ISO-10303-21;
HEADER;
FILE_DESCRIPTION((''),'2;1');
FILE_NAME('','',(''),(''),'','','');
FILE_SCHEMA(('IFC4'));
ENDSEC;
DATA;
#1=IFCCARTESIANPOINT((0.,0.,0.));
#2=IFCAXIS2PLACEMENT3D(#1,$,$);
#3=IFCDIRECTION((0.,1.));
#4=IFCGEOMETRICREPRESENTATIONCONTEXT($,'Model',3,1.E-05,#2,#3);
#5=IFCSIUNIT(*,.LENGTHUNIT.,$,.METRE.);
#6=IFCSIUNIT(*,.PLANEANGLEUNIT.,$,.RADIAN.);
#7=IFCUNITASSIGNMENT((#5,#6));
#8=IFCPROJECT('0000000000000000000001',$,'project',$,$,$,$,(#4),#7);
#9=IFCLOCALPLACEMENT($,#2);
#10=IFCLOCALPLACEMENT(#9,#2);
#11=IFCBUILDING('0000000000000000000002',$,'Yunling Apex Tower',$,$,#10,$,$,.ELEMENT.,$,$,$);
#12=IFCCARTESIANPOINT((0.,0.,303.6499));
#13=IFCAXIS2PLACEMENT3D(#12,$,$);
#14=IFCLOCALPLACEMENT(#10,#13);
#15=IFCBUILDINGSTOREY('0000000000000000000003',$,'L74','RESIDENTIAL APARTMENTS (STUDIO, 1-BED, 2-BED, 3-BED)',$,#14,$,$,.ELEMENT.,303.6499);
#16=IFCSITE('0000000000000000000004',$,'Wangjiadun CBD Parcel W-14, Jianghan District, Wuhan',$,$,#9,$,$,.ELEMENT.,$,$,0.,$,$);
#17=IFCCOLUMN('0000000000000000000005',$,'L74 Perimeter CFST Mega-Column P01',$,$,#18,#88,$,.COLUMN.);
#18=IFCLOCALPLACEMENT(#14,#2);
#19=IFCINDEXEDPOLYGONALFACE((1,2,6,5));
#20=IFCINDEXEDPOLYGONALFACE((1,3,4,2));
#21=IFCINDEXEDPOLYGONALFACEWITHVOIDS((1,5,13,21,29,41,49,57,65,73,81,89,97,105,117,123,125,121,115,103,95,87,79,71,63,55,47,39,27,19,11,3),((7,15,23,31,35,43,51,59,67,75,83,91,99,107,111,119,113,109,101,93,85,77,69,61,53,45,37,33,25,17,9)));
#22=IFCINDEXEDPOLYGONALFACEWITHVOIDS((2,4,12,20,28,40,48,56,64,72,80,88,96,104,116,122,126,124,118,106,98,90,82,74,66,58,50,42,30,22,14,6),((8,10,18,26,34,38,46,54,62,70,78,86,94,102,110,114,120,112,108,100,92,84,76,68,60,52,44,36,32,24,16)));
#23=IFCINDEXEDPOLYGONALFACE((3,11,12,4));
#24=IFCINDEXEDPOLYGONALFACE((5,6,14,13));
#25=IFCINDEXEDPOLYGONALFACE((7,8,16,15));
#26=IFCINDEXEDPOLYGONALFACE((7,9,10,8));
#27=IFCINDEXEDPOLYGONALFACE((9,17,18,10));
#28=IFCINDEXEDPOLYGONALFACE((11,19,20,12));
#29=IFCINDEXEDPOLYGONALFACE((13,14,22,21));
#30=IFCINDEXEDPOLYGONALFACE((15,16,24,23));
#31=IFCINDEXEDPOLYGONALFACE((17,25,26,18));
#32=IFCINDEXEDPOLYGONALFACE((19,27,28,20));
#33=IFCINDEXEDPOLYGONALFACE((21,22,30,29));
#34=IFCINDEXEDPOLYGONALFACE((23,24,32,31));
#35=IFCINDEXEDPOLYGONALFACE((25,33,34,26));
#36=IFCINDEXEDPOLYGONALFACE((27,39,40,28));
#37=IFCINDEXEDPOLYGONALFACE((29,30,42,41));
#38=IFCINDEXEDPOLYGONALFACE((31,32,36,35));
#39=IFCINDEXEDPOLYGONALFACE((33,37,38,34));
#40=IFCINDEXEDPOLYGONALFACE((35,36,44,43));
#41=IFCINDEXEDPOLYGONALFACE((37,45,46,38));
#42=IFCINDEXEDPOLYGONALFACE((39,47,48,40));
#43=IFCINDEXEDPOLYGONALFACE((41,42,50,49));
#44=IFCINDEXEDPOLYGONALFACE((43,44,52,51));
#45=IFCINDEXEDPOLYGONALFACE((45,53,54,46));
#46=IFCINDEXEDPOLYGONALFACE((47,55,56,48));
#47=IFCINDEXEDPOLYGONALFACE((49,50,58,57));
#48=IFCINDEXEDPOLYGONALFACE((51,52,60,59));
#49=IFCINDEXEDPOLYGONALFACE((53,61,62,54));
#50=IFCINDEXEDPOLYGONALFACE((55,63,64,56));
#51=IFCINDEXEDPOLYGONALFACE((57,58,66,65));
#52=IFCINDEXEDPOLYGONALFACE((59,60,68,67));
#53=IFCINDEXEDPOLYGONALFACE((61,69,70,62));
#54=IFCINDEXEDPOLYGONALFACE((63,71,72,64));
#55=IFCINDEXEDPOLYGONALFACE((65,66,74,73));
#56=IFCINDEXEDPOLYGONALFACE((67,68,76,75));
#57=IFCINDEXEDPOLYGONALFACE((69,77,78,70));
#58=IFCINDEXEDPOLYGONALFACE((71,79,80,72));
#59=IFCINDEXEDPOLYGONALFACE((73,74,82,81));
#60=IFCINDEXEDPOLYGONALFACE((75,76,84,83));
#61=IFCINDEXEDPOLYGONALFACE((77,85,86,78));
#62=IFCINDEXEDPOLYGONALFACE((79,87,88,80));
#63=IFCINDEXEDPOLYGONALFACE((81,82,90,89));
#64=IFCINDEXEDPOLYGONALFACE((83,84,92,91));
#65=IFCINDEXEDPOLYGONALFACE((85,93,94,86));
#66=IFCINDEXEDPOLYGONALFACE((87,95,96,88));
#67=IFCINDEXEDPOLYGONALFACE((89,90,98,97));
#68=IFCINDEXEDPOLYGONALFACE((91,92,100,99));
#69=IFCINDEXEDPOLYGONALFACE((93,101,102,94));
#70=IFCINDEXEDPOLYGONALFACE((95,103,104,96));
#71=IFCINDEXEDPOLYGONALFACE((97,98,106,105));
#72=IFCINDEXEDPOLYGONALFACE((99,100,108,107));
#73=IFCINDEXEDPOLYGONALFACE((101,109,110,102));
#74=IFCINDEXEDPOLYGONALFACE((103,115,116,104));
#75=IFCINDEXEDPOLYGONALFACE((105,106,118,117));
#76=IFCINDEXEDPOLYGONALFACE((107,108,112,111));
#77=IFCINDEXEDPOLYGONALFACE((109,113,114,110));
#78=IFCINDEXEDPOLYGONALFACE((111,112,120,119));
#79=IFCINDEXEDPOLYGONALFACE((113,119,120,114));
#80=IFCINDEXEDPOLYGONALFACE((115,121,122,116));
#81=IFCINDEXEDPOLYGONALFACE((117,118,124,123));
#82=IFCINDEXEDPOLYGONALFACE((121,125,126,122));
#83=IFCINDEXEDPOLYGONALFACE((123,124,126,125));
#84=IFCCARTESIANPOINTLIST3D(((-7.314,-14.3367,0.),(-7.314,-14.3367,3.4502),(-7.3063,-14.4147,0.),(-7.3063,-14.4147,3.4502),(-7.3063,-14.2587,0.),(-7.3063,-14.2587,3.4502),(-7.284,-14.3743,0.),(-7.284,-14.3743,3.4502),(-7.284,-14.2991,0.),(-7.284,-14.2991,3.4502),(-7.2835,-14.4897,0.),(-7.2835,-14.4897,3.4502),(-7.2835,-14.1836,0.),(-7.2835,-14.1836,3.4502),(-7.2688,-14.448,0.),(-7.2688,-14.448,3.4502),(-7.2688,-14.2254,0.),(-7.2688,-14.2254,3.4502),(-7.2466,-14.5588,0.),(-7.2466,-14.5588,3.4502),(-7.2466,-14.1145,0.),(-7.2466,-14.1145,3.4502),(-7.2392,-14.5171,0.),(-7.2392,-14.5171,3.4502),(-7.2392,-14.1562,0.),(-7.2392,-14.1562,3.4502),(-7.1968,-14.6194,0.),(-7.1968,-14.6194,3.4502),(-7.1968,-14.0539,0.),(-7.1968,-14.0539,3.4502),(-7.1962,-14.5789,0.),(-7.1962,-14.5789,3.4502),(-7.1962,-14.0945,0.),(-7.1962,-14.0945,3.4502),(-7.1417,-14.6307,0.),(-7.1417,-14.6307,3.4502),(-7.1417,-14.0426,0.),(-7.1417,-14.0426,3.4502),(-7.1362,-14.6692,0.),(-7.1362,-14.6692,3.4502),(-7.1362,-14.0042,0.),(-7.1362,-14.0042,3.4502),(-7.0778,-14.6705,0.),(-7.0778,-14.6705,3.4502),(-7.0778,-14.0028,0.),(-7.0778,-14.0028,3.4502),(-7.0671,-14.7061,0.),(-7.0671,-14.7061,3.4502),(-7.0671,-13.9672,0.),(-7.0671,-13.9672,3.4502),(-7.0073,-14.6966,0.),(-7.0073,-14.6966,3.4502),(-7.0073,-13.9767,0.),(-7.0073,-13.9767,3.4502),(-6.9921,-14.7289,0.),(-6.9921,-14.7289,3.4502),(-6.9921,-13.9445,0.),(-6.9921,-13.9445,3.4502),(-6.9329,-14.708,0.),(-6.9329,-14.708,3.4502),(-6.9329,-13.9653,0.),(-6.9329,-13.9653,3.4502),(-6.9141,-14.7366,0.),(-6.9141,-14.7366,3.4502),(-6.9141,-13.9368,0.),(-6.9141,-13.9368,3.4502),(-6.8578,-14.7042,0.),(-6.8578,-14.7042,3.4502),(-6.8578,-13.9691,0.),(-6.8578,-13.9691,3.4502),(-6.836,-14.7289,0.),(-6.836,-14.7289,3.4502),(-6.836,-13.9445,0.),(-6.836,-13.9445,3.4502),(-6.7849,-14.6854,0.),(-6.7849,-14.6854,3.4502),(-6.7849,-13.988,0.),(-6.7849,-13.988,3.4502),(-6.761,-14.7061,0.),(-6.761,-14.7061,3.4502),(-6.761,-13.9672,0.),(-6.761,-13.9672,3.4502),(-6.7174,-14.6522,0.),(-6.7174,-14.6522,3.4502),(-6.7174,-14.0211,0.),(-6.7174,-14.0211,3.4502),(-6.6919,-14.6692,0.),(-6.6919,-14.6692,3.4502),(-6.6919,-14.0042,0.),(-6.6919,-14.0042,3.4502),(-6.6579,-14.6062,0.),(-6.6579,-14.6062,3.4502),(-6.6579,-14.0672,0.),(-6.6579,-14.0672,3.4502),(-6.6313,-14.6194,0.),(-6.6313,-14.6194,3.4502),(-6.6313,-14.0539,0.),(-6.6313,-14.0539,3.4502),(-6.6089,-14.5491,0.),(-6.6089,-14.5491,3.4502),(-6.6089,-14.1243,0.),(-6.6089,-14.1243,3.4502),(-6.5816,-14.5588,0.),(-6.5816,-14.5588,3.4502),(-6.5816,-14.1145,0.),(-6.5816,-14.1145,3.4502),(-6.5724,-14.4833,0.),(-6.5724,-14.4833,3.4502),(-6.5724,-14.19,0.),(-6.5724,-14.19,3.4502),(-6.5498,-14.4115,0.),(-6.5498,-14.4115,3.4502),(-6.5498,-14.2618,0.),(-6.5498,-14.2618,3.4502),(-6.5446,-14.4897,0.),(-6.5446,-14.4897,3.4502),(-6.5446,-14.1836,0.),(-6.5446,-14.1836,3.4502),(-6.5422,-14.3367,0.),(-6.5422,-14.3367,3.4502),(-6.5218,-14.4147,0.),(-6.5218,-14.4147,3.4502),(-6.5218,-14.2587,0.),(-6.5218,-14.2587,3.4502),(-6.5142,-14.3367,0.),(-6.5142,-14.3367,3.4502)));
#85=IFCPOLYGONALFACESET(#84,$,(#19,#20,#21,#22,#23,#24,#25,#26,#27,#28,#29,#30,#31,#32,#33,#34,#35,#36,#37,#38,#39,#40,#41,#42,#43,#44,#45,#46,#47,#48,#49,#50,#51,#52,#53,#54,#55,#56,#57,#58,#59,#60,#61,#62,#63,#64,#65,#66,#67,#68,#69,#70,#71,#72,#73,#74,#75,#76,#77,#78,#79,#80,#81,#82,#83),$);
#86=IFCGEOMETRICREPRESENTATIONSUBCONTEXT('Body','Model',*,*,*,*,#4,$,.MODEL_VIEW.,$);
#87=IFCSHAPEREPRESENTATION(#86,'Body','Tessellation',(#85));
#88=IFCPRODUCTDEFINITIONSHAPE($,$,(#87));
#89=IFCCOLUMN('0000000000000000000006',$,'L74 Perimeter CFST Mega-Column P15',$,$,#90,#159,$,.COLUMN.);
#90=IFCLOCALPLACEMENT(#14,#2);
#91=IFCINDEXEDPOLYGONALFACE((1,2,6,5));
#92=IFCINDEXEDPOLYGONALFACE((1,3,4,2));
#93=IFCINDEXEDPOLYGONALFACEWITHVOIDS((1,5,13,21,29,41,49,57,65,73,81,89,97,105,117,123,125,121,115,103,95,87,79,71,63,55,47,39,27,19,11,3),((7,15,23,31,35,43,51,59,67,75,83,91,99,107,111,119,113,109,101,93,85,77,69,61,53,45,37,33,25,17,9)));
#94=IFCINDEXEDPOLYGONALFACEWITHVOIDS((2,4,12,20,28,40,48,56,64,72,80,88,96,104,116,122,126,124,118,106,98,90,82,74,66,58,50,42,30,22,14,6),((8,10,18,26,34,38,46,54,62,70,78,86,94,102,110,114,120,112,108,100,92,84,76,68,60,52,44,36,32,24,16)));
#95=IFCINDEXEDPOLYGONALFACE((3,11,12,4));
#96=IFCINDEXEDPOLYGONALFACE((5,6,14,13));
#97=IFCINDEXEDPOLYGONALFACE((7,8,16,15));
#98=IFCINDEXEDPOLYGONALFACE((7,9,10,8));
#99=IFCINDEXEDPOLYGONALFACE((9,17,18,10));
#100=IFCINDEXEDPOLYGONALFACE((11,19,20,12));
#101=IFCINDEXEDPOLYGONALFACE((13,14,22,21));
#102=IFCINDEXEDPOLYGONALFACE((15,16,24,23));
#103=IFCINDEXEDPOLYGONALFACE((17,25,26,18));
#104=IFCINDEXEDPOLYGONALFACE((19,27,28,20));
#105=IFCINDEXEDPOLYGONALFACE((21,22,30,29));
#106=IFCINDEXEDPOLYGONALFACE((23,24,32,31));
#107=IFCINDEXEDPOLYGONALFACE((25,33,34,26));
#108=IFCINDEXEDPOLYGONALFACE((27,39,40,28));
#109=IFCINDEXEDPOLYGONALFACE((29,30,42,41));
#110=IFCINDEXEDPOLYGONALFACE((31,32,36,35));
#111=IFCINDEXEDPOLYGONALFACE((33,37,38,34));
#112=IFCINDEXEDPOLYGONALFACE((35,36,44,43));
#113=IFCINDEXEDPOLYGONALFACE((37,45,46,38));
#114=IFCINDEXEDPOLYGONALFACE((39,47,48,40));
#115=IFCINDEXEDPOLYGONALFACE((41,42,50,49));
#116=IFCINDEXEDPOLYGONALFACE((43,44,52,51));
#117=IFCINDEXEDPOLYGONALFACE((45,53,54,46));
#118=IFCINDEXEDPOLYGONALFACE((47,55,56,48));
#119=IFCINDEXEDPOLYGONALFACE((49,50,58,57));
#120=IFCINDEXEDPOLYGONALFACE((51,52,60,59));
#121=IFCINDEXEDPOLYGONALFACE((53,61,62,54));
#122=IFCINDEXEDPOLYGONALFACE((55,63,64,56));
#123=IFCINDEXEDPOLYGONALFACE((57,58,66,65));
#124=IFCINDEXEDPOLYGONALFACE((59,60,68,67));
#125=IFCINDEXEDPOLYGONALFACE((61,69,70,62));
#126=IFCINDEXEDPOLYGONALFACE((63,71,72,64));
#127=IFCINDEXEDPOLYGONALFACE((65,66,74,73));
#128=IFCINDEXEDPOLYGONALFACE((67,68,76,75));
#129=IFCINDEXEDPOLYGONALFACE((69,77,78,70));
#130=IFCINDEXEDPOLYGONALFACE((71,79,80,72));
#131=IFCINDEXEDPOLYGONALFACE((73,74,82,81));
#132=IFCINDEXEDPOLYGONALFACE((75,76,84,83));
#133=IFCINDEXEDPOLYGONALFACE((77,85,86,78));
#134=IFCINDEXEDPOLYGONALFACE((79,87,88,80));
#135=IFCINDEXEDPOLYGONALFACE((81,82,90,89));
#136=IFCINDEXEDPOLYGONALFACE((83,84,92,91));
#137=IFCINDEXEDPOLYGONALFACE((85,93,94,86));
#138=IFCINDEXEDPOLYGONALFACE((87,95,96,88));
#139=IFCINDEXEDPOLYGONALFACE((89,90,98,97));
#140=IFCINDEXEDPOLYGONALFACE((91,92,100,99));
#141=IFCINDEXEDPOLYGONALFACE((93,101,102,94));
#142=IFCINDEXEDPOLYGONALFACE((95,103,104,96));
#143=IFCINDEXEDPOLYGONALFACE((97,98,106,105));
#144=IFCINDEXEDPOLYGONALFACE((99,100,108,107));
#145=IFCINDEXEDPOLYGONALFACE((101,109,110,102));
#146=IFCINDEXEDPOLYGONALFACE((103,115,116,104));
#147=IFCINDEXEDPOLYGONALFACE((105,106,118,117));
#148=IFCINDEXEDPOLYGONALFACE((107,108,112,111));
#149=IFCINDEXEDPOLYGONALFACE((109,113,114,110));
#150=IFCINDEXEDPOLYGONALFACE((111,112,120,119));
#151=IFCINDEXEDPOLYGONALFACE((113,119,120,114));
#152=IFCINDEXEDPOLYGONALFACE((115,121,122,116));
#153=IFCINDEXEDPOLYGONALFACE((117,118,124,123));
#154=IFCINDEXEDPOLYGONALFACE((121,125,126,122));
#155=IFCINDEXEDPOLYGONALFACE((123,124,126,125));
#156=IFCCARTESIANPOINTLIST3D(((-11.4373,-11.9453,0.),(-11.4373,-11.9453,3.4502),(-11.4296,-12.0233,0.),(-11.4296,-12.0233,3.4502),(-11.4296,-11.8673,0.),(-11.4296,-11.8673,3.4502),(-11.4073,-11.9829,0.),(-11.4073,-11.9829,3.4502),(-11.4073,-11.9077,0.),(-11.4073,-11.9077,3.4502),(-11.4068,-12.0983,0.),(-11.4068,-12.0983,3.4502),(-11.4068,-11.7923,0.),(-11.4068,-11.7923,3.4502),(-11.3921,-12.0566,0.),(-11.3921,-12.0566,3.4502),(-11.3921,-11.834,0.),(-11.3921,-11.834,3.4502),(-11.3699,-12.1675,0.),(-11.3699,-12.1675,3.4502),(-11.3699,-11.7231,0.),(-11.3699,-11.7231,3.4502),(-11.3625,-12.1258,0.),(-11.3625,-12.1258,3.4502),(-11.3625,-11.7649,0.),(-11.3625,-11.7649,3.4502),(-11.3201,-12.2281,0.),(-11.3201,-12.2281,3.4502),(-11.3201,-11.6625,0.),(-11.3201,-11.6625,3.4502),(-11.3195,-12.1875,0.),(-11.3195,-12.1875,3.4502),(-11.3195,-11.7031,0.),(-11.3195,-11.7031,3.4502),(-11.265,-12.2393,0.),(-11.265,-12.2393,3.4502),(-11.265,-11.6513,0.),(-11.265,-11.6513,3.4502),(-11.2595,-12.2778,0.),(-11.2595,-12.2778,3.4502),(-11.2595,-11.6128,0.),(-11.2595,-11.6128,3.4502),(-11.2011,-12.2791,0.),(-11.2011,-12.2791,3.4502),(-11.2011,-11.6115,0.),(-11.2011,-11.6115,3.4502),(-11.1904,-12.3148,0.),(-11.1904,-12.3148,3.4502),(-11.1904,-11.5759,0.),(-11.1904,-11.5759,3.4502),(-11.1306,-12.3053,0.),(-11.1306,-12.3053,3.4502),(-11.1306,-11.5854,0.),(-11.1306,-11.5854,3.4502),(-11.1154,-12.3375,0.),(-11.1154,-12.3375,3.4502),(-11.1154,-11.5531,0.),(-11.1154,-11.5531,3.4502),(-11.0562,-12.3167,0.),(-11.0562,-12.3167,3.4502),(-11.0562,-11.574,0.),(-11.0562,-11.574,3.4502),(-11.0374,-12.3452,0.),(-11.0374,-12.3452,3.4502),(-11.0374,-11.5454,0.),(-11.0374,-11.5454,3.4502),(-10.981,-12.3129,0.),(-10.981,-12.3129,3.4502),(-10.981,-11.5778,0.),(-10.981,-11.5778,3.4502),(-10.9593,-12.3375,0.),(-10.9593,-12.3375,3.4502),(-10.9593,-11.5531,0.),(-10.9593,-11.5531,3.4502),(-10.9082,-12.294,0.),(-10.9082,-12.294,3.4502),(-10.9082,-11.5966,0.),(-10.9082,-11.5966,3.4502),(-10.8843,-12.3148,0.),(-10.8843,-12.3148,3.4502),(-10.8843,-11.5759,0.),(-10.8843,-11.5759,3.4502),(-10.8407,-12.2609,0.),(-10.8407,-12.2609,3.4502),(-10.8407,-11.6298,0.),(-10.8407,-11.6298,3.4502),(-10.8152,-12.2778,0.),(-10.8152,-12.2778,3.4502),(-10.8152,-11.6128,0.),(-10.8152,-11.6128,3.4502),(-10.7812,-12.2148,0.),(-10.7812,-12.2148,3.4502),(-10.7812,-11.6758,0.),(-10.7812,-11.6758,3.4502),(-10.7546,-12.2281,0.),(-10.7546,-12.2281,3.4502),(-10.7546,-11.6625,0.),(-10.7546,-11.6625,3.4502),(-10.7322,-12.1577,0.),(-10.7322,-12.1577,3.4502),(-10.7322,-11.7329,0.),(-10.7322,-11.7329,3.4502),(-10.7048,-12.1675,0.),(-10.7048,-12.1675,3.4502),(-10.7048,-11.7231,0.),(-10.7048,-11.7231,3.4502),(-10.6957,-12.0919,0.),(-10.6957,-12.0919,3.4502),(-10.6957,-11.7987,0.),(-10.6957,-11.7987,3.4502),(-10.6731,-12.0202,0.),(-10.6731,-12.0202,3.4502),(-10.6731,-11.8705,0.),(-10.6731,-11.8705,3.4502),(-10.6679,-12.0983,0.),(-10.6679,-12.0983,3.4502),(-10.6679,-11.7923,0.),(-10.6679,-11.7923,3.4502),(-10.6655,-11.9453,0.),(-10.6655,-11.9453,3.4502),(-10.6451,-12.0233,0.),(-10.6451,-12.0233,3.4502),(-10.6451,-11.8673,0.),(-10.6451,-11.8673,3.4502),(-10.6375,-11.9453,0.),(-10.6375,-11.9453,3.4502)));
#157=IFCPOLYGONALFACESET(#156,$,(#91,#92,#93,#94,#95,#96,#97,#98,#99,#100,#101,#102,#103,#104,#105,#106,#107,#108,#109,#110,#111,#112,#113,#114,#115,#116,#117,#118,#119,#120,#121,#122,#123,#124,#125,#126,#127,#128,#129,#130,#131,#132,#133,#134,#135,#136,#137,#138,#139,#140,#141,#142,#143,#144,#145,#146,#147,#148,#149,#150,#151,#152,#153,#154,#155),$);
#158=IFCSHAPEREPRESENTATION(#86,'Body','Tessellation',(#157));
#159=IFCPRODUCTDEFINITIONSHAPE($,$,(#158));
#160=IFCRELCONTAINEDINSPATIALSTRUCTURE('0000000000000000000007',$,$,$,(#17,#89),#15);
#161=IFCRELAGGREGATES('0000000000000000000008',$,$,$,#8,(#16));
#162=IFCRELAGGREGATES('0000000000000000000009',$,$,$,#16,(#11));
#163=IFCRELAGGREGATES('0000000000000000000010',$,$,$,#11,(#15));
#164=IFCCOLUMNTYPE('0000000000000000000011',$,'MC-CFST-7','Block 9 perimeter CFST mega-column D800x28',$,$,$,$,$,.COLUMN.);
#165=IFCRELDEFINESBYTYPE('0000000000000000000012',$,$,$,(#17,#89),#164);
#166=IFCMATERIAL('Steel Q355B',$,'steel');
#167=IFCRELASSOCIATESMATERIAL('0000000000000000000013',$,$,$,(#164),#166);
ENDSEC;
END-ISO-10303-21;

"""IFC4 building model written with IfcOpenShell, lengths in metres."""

from ifc_helpers import new_model, si_unit, direction, frame, origin, origin_2d, place, context, subcontext, project, spatial, hollow_circle, extrude, source, transform, mapped, material, material_profile, profile_set, type_object, element, save


model = new_model("IFC4")

# Units and contexts
model_context = context("Model", 3, precision=1e-05, world=origin(), true_north=direction((0.0, 1.0)))
body_context = subcontext(model_context, "Body", "Model", "MODEL_VIEW")
ifc_project = project(units=[si_unit("LENGTHUNIT", "METRE"), si_unit("PLANEANGLEUNIT", "RADIAN")], contexts=[model_context])

# Site, building, storey
site_placement = place(None, origin())
site = spatial("IfcSite", under=ifc_project, at=site_placement, Name="Wangjiadun CBD Parcel W-14, Jianghan District, Wuhan", CompositionType="ELEMENT", RefElevation=0.0)
building_placement = place(site_placement, origin())
building = spatial("IfcBuilding", under=site, at=building_placement, Name="Yunling Apex Tower", CompositionType="ELEMENT")
storey_placement = place(building_placement, frame((0.0, 0.0, 303.6499)))
storey = spatial("IfcBuildingStorey", under=building, at=storey_placement, Name="L74", Description="RESIDENTIAL APARTMENTS (STUDIO, 1-BED, 2-BED, 3-BED)", CompositionType="ELEMENT", Elevation=303.6499)

# Columns
ifc_material_1 = material(Name="Steel Q355B", Category="steel")
ifc_material_profile_1 = material_profile(ifc_material_1, hollow_circle(Radius=0.3999, WallThickness=0.0281, at=origin_2d()))
ifc_profile_set_1 = profile_set([ifc_material_profile_1], Name="Steel Q355B")
column_type = type_object("IfcColumnType", Name="MC-CFST-7", Description="Block 9 perimeter CFST mega-column D800x28", PredefinedType="COLUMN", material=ifc_profile_set_1)
shared_shape_1 = source(origin(), body_context, "Body", "SweptSolid", [
    extrude(hollow_circle(Radius=0.3999, WallThickness=0.0281, at=origin_2d()), origin(), (0.0, 0.0, 1.0), 3.4502),
])
for number, where, z_axis, x_axis, name in (
    (1, (-6.9141, -14.3367, 0.0), (0.0, 0.0, 1.0), (1.0, 0.0, 0.0), "L74 Perimeter CFST Mega-Column P01"),
    (2, (-11.0374, -11.9453, 0.0), (0.0, 0.0, 1.0), (1.0, 0.0, 0.0), "L74 Perimeter CFST Mega-Column P15"),
):
    element("IfcColumn", number, at=place(storey_placement, frame(where, z_axis=z_axis, x_axis=x_axis)), inside=storey, type_object=column_type, Name=name, PredefinedType="COLUMN", context=body_context, shape_type="MappedRepresentation", body=[
        mapped(shared_shape_1, transform((0.0, 0.0, 0.0), scale=1.0)),
    ])

save(model, "model.ifc")
